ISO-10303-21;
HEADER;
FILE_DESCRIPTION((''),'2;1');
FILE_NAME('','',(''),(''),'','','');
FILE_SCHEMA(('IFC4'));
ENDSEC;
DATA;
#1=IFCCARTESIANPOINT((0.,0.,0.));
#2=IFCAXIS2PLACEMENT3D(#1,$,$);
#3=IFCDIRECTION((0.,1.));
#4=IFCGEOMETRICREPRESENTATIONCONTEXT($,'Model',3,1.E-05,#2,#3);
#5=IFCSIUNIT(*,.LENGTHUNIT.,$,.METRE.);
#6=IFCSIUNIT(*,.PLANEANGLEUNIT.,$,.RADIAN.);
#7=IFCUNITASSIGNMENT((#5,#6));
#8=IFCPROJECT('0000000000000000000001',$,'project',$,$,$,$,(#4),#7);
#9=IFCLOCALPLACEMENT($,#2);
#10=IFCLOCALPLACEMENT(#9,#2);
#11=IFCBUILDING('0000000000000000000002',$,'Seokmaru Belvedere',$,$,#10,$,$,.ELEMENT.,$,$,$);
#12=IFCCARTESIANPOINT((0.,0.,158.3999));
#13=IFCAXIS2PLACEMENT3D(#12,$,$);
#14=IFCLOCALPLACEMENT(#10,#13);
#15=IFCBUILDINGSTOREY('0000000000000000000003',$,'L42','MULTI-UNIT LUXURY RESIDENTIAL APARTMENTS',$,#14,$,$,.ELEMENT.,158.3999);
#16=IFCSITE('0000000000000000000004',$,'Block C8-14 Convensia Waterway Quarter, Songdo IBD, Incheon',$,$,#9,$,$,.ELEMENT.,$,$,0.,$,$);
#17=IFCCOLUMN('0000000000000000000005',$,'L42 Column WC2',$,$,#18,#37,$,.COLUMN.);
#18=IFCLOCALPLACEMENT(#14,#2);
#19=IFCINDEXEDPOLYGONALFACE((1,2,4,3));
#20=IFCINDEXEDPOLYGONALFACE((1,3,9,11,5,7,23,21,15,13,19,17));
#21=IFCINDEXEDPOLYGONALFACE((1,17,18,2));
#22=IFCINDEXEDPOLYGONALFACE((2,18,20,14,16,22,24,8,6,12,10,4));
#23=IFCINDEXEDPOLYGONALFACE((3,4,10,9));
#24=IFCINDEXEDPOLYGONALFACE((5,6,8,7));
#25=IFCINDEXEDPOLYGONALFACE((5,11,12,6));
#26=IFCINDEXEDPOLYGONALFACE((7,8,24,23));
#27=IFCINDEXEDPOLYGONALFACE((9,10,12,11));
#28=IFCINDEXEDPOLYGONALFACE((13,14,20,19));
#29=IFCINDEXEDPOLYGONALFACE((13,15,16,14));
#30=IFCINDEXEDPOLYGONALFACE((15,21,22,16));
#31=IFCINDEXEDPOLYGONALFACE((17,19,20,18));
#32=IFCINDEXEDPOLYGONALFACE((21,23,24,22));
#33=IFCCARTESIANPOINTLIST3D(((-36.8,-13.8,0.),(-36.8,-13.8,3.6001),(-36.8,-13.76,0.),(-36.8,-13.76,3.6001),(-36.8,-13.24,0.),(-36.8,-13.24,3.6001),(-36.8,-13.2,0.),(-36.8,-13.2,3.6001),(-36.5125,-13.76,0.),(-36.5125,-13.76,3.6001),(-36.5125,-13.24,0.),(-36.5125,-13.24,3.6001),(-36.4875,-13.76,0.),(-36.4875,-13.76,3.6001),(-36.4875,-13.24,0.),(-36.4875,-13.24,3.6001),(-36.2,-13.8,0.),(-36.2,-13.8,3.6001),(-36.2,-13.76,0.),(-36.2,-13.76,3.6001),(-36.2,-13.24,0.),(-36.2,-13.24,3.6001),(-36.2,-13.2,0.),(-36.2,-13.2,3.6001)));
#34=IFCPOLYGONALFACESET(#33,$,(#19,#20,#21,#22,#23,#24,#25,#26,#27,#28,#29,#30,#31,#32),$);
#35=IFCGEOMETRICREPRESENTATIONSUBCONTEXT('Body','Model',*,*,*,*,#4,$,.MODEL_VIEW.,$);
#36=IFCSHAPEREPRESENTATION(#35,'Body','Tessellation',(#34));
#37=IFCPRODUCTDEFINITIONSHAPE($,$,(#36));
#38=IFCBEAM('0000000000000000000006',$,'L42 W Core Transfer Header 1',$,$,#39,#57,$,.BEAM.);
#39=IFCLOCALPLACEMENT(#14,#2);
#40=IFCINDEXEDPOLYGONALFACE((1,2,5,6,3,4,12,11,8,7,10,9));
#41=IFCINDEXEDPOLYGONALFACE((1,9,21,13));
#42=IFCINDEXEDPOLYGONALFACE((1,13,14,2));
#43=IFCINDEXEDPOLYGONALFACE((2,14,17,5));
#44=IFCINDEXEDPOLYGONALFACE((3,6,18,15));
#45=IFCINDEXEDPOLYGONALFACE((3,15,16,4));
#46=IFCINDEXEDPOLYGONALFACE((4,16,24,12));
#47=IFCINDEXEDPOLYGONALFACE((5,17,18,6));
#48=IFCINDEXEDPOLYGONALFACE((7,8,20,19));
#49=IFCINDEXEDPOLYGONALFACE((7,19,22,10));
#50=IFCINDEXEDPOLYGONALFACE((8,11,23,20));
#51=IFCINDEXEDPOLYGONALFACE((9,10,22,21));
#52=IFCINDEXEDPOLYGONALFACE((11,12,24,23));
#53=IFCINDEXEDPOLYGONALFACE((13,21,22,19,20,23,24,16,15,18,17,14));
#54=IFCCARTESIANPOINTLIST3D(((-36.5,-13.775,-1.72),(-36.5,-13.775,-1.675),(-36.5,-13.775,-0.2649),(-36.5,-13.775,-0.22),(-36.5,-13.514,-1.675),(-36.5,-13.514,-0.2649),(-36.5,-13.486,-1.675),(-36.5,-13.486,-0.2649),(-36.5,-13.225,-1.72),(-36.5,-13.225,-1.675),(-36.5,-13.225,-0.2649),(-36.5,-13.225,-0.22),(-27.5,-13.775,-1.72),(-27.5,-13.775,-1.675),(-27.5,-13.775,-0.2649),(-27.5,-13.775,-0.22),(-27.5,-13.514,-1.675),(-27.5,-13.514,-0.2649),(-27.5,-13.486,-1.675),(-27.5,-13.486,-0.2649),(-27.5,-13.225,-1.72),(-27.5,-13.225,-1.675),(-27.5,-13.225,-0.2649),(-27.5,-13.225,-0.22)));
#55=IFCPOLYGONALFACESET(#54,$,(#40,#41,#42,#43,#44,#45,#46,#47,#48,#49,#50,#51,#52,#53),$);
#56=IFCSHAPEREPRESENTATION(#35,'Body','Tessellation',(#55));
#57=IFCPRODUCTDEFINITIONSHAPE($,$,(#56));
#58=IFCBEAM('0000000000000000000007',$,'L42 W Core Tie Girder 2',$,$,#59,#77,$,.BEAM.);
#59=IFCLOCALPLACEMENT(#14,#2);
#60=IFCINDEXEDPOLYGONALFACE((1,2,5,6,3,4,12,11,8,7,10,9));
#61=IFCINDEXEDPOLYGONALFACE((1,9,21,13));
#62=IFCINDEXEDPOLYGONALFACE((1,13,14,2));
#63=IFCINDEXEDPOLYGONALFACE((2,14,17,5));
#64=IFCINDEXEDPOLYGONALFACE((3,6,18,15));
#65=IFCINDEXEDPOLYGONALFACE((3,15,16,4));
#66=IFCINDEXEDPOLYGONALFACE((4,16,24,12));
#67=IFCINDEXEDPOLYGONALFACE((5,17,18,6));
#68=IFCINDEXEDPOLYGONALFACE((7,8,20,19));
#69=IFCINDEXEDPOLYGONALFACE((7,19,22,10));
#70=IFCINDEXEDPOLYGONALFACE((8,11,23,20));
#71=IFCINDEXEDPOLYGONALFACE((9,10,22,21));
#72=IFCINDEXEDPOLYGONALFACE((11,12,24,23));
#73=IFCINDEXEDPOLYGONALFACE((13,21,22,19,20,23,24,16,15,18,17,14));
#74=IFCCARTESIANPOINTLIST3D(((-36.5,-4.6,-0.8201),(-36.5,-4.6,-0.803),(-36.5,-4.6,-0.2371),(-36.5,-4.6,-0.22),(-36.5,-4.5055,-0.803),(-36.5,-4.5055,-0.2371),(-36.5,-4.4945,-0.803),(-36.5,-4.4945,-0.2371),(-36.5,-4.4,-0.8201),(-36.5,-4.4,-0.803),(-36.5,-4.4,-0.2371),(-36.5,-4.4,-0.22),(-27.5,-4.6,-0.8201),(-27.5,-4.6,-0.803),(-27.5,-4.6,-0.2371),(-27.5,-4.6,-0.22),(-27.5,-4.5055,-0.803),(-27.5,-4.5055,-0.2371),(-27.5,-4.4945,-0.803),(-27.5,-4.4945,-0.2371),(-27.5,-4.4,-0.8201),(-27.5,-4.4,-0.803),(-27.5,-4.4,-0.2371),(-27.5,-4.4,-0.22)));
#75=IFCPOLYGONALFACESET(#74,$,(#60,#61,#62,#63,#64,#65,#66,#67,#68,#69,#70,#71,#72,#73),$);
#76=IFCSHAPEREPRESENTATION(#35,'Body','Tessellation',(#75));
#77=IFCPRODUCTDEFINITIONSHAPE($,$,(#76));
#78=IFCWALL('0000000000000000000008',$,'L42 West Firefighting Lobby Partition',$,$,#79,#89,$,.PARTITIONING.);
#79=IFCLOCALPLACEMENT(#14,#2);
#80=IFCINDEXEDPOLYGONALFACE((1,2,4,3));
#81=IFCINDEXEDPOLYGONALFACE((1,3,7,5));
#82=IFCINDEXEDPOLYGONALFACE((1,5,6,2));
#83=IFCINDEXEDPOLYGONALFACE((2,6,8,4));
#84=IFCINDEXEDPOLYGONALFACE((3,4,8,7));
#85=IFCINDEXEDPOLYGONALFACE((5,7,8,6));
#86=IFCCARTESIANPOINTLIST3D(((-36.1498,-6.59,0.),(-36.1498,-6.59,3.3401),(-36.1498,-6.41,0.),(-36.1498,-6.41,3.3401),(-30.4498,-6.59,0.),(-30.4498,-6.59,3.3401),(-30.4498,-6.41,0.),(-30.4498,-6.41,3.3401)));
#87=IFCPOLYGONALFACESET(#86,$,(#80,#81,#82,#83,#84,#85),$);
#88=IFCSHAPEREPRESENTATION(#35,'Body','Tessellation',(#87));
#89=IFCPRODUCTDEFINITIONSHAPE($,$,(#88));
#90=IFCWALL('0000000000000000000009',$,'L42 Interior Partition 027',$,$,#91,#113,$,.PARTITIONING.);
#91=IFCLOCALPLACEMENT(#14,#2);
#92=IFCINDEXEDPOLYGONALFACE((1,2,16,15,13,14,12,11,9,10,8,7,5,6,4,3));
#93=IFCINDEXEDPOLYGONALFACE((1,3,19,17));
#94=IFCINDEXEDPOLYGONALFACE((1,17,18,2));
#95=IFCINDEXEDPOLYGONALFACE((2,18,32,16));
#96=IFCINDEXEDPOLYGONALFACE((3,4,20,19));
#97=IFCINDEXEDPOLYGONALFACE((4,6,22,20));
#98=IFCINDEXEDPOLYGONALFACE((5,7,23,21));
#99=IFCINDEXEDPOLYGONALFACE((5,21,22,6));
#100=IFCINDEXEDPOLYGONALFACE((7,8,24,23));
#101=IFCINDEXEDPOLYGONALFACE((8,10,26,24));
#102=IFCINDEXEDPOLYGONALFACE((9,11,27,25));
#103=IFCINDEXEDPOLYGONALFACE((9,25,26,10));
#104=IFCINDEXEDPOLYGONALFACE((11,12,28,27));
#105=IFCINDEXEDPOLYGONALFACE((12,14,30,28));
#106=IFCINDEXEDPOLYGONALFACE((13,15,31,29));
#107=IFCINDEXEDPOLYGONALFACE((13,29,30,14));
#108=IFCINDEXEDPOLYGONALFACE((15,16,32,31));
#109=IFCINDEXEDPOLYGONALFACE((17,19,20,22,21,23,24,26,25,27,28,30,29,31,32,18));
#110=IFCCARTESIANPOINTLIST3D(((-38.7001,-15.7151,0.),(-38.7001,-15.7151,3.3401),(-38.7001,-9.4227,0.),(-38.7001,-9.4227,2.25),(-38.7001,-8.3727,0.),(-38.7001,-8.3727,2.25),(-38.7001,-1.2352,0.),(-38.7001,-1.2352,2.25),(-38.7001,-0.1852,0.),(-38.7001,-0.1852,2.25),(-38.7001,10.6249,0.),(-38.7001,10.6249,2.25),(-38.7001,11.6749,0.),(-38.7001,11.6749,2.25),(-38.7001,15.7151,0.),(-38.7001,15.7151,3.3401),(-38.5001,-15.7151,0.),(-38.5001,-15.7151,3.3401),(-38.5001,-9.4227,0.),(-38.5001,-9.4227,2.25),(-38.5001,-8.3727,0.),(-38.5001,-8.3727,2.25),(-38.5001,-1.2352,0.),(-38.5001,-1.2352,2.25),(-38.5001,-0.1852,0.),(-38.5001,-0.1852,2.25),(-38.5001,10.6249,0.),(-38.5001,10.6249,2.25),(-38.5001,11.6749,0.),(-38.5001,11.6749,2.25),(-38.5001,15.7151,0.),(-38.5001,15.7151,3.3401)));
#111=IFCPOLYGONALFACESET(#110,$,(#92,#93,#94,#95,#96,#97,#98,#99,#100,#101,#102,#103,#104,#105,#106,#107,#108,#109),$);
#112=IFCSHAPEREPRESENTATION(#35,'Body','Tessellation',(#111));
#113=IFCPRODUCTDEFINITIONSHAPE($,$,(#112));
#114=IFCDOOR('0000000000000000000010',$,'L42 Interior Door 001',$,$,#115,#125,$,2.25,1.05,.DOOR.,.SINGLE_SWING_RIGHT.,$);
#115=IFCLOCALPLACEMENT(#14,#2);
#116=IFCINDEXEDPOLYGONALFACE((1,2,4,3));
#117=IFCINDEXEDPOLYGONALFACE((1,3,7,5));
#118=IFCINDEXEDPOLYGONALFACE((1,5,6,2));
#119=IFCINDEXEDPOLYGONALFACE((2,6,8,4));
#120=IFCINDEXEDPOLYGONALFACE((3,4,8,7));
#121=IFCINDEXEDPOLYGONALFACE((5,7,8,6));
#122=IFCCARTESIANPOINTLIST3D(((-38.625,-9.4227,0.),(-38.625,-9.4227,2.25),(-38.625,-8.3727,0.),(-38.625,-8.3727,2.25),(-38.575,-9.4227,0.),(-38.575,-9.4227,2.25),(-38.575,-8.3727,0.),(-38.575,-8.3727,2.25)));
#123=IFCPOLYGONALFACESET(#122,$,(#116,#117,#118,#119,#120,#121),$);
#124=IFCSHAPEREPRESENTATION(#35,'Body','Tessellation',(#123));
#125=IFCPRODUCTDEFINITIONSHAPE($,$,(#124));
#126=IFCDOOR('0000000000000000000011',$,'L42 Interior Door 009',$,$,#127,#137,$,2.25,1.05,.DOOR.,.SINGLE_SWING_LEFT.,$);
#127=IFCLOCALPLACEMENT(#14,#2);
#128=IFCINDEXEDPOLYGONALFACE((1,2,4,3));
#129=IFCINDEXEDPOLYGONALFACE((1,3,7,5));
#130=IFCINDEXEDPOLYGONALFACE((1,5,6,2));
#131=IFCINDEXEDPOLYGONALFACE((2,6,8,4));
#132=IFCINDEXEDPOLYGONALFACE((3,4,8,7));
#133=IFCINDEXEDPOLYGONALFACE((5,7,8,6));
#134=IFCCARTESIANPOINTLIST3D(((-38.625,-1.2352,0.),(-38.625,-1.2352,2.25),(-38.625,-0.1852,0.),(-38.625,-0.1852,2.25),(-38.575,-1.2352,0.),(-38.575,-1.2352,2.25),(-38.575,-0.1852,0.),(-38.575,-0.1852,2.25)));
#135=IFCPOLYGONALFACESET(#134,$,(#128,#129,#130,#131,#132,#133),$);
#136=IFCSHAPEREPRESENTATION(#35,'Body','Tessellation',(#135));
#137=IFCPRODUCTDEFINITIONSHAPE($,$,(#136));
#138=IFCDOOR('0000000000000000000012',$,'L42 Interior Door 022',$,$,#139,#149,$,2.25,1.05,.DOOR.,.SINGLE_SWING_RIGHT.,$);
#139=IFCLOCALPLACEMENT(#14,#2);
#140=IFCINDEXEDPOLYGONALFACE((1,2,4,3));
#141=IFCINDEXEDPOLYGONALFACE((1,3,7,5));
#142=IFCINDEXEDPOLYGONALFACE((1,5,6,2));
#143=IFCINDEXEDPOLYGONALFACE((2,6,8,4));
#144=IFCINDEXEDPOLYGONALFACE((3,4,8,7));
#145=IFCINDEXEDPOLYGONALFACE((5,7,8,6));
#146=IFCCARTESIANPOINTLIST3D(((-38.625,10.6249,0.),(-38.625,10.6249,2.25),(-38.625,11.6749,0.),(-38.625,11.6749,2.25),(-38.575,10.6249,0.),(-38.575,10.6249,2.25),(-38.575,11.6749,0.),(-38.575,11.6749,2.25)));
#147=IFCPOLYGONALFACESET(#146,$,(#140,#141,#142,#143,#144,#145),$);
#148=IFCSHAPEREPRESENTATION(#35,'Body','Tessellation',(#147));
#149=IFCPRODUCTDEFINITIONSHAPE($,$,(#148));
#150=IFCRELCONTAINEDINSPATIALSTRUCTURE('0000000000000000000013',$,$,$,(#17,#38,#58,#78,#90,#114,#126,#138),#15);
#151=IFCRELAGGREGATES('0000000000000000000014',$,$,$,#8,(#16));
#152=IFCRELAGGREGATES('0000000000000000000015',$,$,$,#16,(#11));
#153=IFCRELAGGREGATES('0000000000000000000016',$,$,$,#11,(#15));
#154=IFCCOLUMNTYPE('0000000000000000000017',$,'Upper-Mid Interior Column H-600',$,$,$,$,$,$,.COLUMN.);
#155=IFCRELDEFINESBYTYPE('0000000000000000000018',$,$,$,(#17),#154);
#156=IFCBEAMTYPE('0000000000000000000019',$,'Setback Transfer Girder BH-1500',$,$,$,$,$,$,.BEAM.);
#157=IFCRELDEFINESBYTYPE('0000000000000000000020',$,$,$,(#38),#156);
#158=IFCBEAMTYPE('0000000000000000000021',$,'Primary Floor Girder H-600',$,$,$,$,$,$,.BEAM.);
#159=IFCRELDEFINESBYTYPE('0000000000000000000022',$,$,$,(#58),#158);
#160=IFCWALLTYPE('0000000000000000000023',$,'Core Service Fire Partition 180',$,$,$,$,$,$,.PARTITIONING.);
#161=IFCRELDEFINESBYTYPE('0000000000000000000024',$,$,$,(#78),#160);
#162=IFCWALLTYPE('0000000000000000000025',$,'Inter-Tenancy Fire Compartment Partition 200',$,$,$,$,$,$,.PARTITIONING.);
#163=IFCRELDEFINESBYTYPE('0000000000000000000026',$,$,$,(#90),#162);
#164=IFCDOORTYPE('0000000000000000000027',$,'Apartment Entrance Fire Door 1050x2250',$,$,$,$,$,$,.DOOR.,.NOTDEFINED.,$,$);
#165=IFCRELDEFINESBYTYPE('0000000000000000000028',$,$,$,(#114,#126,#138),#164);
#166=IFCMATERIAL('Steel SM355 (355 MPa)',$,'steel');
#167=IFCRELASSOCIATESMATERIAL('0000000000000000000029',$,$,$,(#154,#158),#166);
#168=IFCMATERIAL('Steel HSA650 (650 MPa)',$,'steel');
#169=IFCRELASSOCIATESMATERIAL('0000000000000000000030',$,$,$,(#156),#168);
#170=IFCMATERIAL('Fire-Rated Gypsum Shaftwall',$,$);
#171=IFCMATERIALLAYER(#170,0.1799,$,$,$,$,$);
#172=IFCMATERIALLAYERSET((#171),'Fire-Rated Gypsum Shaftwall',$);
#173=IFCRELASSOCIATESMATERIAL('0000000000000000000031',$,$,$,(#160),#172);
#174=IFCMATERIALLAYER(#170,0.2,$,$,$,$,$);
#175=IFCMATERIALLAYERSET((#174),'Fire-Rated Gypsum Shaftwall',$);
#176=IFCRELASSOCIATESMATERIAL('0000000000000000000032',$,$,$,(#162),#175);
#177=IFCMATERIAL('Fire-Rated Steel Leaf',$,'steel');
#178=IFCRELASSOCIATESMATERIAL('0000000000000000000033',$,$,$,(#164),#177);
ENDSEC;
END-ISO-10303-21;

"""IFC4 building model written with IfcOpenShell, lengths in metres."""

from ifc_helpers import new_model, si_unit, direction, frame, frame_2d, origin, origin_2d, place, context, subcontext, project, spatial, rectangle, i_section, extrude, source, transform, mapped, material, layer, layer_set, material_profile, profile_set, type_object, type_shapes, element, fill, save


model = new_model("IFC4")

# Units and contexts
model_context = context("Model", 3, precision=1e-05, world=origin(), true_north=direction((0.0, 1.0)))
body_context = subcontext(model_context, "Body", "Model", "MODEL_VIEW")
ifc_project = project(units=[si_unit("LENGTHUNIT", "METRE"), si_unit("PLANEANGLEUNIT", "RADIAN")], contexts=[model_context])

# Site, building, storey
site_placement = place(None, origin())
site = spatial("IfcSite", under=ifc_project, at=site_placement, Name="Block C8-14 Convensia Waterway Quarter, Songdo IBD, Incheon", CompositionType="ELEMENT", RefElevation=0.0)
building_placement = place(site_placement, origin())
building = spatial("IfcBuilding", under=site, at=building_placement, Name="Seokmaru Belvedere", CompositionType="ELEMENT")
storey_placement = place(building_placement, frame((0.0, 0.0, 158.3999)))
storey = spatial("IfcBuildingStorey", under=building, at=storey_placement, Name="L42", Description="MULTI-UNIT LUXURY RESIDENTIAL APARTMENTS", CompositionType="ELEMENT", Elevation=158.3999)

# Column
ifc_material_1 = material(Name="Steel SM355 (355 MPa)", Category="steel")
ifc_material_profile_1 = material_profile(ifc_material_1, i_section(OverallWidth=0.6001, OverallDepth=0.6001, WebThickness=0.0249, FlangeThickness=0.04, at=origin_2d()), Name="H-600x600x25x40")
ifc_profile_set_1 = profile_set([ifc_material_profile_1], Name="Steel SM355 (355 MPa)")
column_type = type_object("IfcColumnType", Name="Upper-Mid Interior Column H-600", PredefinedType="COLUMN", material=ifc_profile_set_1)
shared_shape_1 = source(origin(), body_context, "Body", "SweptSolid", [
    extrude(i_section(OverallWidth=0.6001, OverallDepth=0.6001, WebThickness=0.0249, FlangeThickness=0.04, at=origin_2d()), origin(), (0.0, 0.0, 1.0), 3.6001),
])
type_shapes(column_type, [shared_shape_1])
column_placement = place(storey_placement, frame((-36.5, -13.5, 0.0), z_axis=(0.0, 0.0, 1.0), x_axis=(1.0, 0.0, 0.0)))
element("IfcColumn", 1, at=column_placement, inside=storey, type_object=column_type, Name="L42 Column WC2", PredefinedType="COLUMN", context=body_context, shape_type="MappedRepresentation", body=[
    mapped(shared_shape_1, transform((0.0, 0.0, 0.0), scale=1.0)),
])

# Beams
ifc_material_2 = material(Name="Steel HSA650 (650 MPa)", Category="steel")
ifc_material_profile_2 = material_profile(ifc_material_2, i_section(OverallWidth=0.55, OverallDepth=1.5, WebThickness=0.0281, FlangeThickness=0.0449, at=origin_2d()), Name="BH-1500x550x28x45")
ifc_profile_set_2 = profile_set([ifc_material_profile_2], Name="Steel HSA650 (650 MPa)")
beam_type_1 = type_object("IfcBeamType", Name="Setback Transfer Girder BH-1500", PredefinedType="BEAM", material=ifc_profile_set_2)
shared_shape_2 = source(origin(), body_context, "Body", "SweptSolid", [
    extrude(i_section(OverallWidth=0.55, OverallDepth=1.5, WebThickness=0.0281, FlangeThickness=0.0449, at=origin_2d()), origin(), (0.0, 0.0, 1.0), 9.0),
])
type_shapes(beam_type_1, [shared_shape_2])
beam_1_placement = place(storey_placement, frame((-36.5, -13.5, -0.97), z_axis=(1.0, 0.0, 0.0), x_axis=(0.0, 1.0, 0.0)))
element("IfcBeam", 2, at=beam_1_placement, inside=storey, type_object=beam_type_1, Name="L42 W Core Transfer Header 1", PredefinedType="BEAM", context=body_context, shape_type="MappedRepresentation", body=[
    mapped(shared_shape_2, transform((0.0, 0.0, 0.0), scale=1.0)),
])
ifc_material_profile_3 = material_profile(ifc_material_1, i_section(OverallWidth=0.2, OverallDepth=0.6001, WebThickness=0.011, FlangeThickness=0.0171, at=origin_2d()), Name="H-600x200x11x17")
ifc_profile_set_3 = profile_set([ifc_material_profile_3], Name="Steel SM355 (355 MPa)")
beam_type_2 = type_object("IfcBeamType", Name="Primary Floor Girder H-600", PredefinedType="BEAM", material=ifc_profile_set_3)
shared_shape_3 = source(origin(), body_context, "Body", "SweptSolid", [
    extrude(i_section(OverallWidth=0.2, OverallDepth=0.6001, WebThickness=0.011, FlangeThickness=0.0171, at=origin_2d()), origin(), (0.0, 0.0, 1.0), 9.0),
])
type_shapes(beam_type_2, [shared_shape_3])
beam_2_placement = place(storey_placement, frame((-36.5, -4.5, -0.52), z_axis=(1.0, 0.0, 0.0), x_axis=(0.0, 1.0, 0.0)))
element("IfcBeam", 3, at=beam_2_placement, inside=storey, type_object=beam_type_2, Name="L42 W Core Tie Girder 2", PredefinedType="BEAM", context=body_context, shape_type="MappedRepresentation", body=[
    mapped(shared_shape_3, transform((0.0, 0.0, 0.0), scale=1.0)),
])

# Wall
ifc_material_3 = material(Name="Fire-Rated Gypsum Shaftwall")
ifc_layer_1 = layer(ifc_material_3, 0.1799)
ifc_layer_set_1 = layer_set([ifc_layer_1], Name="Fire-Rated Gypsum Shaftwall")
wall_type_1 = type_object("IfcWallType", Name="Core Service Fire Partition 180", PredefinedType="PARTITIONING", material=ifc_layer_set_1)
wall_1_placement = place(storey_placement, frame((-36.1499, -6.5, 0.0), z_axis=(0.0, 0.0, 1.0), x_axis=(1.0, 0.0, 0.0)))
element("IfcWall", 4, at=wall_1_placement, inside=storey, type_object=wall_type_1, Name="L42 West Firefighting Lobby Partition", PredefinedType="PARTITIONING", context=body_context, shape_type="SweptSolid", body=[
    extrude(rectangle(XDim=5.7, YDim=0.1799, at=frame_2d((2.8501, 0.0))), origin(), (0.0, 0.0, 1.0), 3.3401),
])

# Wall, openings, doors
ifc_layer_2 = layer(ifc_material_3, 0.2)
ifc_layer_set_2 = layer_set([ifc_layer_2], Name="Fire-Rated Gypsum Shaftwall")
wall_type_2 = type_object("IfcWallType", Name="Inter-Tenancy Fire Compartment Partition 200", PredefinedType="PARTITIONING", material=ifc_layer_set_2)
wall_2_placement = place(storey_placement, frame((-38.6001, -15.7151, 0.0), z_axis=(0.0, 0.0, 1.0), x_axis=(0.0, 1.0, 0.0)))
wall_2 = element("IfcWall", 5, at=wall_2_placement, inside=storey, type_object=wall_type_2, Name="L42 Interior Partition 027", PredefinedType="PARTITIONING", context=body_context, shape_type="SweptSolid", body=[
    extrude(rectangle(XDim=31.4302, YDim=0.2, at=frame_2d((15.7151, 0.0))), origin(), (0.0, 0.0, 1.0), 3.3401),
])
opening_1_placement = place(wall_2_placement, frame((6.2925, 0.0, 0.0)))
opening_1 = element("IfcOpeningElement", 6, at=opening_1_placement, cuts=wall_2, PredefinedType="OPENING", context=body_context, shape_type="SweptSolid", body=[
    extrude(rectangle(XDim=1.05, YDim=2.25, at=frame_2d((0.5249, 1.125))), frame((0.0, 0.1099, 0.0), z_axis=(0.0, -1.0, 0.0), x_axis=(1.0, 0.0, 0.0)), (0.0, 0.0, 1.0), 0.22),
])
opening_2_placement = place(wall_2_placement, frame((14.48, 0.0, 0.0)))
opening_2 = element("IfcOpeningElement", 7, at=opening_2_placement, cuts=wall_2, PredefinedType="OPENING", context=body_context, shape_type="SweptSolid", body=[
    extrude(rectangle(XDim=1.05, YDim=2.25, at=frame_2d((0.5249, 1.125))), frame((0.0, 0.1099, 0.0), z_axis=(0.0, -1.0, 0.0), x_axis=(1.0, 0.0, 0.0)), (0.0, 0.0, 1.0), 0.22),
])
opening_3_placement = place(wall_2_placement, frame((26.3401, 0.0, 0.0)))
opening_3 = element("IfcOpeningElement", 8, at=opening_3_placement, cuts=wall_2, PredefinedType="OPENING", context=body_context, shape_type="SweptSolid", body=[
    extrude(rectangle(XDim=1.05, YDim=2.25, at=frame_2d((0.5249, 1.125))), frame((0.0, 0.1099, 0.0), z_axis=(0.0, -1.0, 0.0), x_axis=(1.0, 0.0, 0.0)), (0.0, 0.0, 1.0), 0.22),
])
ifc_material_4 = material(Name="Fire-Rated Steel Leaf", Category="steel")
door_type_1 = type_object("IfcDoorType", Name="Apartment Entrance Fire Door 1050x2250", OperationType="NOTDEFINED", PredefinedType="DOOR", material=ifc_material_4)
shared_shape_4 = source(origin(), body_context, "Body", "SweptSolid", [
    extrude(rectangle(XDim=1.05, YDim=2.25, at=frame_2d((0.5249, 1.125))), frame((0.0, 0.0249, 0.0), z_axis=(0.0, -1.0, 0.0), x_axis=(1.0, 0.0, 0.0)), (0.0, 0.0, 1.0), 0.05),
])
type_shapes(door_type_1, [shared_shape_4])
door_1_placement = place(opening_1_placement, origin())
door_1 = element("IfcDoor", 9, at=door_1_placement, inside=storey, type_object=door_type_1, Name="L42 Interior Door 001", OperationType="SINGLE_SWING_RIGHT", OverallHeight=2.25, OverallWidth=1.05, PredefinedType="DOOR", context=body_context, shape_type="MappedRepresentation", body=[
    mapped(shared_shape_4, transform((0.0, 0.0, 0.0), scale=1.0)),
])
fill(opening_1, door_1)
door_2_placement = place(opening_2_placement, origin())
door_2 = element("IfcDoor", 10, at=door_2_placement, inside=storey, type_object=door_type_1, Name="L42 Interior Door 009", OperationType="SINGLE_SWING_LEFT", OverallHeight=2.25, OverallWidth=1.05, PredefinedType="DOOR", context=body_context, shape_type="MappedRepresentation", body=[
    mapped(shared_shape_4, transform((0.0, 0.0, 0.0), scale=1.0)),
])
fill(opening_2, door_2)
door_3_placement = place(opening_3_placement, origin())
door_3 = element("IfcDoor", 11, at=door_3_placement, inside=storey, type_object=door_type_1, Name="L42 Interior Door 022", OperationType="SINGLE_SWING_RIGHT", OverallHeight=2.25, OverallWidth=1.05, PredefinedType="DOOR", context=body_context, shape_type="MappedRepresentation", body=[
    mapped(shared_shape_4, transform((0.0, 0.0, 0.0), scale=1.0)),
])
fill(opening_3, door_3)

save(model, "model.ifc")
